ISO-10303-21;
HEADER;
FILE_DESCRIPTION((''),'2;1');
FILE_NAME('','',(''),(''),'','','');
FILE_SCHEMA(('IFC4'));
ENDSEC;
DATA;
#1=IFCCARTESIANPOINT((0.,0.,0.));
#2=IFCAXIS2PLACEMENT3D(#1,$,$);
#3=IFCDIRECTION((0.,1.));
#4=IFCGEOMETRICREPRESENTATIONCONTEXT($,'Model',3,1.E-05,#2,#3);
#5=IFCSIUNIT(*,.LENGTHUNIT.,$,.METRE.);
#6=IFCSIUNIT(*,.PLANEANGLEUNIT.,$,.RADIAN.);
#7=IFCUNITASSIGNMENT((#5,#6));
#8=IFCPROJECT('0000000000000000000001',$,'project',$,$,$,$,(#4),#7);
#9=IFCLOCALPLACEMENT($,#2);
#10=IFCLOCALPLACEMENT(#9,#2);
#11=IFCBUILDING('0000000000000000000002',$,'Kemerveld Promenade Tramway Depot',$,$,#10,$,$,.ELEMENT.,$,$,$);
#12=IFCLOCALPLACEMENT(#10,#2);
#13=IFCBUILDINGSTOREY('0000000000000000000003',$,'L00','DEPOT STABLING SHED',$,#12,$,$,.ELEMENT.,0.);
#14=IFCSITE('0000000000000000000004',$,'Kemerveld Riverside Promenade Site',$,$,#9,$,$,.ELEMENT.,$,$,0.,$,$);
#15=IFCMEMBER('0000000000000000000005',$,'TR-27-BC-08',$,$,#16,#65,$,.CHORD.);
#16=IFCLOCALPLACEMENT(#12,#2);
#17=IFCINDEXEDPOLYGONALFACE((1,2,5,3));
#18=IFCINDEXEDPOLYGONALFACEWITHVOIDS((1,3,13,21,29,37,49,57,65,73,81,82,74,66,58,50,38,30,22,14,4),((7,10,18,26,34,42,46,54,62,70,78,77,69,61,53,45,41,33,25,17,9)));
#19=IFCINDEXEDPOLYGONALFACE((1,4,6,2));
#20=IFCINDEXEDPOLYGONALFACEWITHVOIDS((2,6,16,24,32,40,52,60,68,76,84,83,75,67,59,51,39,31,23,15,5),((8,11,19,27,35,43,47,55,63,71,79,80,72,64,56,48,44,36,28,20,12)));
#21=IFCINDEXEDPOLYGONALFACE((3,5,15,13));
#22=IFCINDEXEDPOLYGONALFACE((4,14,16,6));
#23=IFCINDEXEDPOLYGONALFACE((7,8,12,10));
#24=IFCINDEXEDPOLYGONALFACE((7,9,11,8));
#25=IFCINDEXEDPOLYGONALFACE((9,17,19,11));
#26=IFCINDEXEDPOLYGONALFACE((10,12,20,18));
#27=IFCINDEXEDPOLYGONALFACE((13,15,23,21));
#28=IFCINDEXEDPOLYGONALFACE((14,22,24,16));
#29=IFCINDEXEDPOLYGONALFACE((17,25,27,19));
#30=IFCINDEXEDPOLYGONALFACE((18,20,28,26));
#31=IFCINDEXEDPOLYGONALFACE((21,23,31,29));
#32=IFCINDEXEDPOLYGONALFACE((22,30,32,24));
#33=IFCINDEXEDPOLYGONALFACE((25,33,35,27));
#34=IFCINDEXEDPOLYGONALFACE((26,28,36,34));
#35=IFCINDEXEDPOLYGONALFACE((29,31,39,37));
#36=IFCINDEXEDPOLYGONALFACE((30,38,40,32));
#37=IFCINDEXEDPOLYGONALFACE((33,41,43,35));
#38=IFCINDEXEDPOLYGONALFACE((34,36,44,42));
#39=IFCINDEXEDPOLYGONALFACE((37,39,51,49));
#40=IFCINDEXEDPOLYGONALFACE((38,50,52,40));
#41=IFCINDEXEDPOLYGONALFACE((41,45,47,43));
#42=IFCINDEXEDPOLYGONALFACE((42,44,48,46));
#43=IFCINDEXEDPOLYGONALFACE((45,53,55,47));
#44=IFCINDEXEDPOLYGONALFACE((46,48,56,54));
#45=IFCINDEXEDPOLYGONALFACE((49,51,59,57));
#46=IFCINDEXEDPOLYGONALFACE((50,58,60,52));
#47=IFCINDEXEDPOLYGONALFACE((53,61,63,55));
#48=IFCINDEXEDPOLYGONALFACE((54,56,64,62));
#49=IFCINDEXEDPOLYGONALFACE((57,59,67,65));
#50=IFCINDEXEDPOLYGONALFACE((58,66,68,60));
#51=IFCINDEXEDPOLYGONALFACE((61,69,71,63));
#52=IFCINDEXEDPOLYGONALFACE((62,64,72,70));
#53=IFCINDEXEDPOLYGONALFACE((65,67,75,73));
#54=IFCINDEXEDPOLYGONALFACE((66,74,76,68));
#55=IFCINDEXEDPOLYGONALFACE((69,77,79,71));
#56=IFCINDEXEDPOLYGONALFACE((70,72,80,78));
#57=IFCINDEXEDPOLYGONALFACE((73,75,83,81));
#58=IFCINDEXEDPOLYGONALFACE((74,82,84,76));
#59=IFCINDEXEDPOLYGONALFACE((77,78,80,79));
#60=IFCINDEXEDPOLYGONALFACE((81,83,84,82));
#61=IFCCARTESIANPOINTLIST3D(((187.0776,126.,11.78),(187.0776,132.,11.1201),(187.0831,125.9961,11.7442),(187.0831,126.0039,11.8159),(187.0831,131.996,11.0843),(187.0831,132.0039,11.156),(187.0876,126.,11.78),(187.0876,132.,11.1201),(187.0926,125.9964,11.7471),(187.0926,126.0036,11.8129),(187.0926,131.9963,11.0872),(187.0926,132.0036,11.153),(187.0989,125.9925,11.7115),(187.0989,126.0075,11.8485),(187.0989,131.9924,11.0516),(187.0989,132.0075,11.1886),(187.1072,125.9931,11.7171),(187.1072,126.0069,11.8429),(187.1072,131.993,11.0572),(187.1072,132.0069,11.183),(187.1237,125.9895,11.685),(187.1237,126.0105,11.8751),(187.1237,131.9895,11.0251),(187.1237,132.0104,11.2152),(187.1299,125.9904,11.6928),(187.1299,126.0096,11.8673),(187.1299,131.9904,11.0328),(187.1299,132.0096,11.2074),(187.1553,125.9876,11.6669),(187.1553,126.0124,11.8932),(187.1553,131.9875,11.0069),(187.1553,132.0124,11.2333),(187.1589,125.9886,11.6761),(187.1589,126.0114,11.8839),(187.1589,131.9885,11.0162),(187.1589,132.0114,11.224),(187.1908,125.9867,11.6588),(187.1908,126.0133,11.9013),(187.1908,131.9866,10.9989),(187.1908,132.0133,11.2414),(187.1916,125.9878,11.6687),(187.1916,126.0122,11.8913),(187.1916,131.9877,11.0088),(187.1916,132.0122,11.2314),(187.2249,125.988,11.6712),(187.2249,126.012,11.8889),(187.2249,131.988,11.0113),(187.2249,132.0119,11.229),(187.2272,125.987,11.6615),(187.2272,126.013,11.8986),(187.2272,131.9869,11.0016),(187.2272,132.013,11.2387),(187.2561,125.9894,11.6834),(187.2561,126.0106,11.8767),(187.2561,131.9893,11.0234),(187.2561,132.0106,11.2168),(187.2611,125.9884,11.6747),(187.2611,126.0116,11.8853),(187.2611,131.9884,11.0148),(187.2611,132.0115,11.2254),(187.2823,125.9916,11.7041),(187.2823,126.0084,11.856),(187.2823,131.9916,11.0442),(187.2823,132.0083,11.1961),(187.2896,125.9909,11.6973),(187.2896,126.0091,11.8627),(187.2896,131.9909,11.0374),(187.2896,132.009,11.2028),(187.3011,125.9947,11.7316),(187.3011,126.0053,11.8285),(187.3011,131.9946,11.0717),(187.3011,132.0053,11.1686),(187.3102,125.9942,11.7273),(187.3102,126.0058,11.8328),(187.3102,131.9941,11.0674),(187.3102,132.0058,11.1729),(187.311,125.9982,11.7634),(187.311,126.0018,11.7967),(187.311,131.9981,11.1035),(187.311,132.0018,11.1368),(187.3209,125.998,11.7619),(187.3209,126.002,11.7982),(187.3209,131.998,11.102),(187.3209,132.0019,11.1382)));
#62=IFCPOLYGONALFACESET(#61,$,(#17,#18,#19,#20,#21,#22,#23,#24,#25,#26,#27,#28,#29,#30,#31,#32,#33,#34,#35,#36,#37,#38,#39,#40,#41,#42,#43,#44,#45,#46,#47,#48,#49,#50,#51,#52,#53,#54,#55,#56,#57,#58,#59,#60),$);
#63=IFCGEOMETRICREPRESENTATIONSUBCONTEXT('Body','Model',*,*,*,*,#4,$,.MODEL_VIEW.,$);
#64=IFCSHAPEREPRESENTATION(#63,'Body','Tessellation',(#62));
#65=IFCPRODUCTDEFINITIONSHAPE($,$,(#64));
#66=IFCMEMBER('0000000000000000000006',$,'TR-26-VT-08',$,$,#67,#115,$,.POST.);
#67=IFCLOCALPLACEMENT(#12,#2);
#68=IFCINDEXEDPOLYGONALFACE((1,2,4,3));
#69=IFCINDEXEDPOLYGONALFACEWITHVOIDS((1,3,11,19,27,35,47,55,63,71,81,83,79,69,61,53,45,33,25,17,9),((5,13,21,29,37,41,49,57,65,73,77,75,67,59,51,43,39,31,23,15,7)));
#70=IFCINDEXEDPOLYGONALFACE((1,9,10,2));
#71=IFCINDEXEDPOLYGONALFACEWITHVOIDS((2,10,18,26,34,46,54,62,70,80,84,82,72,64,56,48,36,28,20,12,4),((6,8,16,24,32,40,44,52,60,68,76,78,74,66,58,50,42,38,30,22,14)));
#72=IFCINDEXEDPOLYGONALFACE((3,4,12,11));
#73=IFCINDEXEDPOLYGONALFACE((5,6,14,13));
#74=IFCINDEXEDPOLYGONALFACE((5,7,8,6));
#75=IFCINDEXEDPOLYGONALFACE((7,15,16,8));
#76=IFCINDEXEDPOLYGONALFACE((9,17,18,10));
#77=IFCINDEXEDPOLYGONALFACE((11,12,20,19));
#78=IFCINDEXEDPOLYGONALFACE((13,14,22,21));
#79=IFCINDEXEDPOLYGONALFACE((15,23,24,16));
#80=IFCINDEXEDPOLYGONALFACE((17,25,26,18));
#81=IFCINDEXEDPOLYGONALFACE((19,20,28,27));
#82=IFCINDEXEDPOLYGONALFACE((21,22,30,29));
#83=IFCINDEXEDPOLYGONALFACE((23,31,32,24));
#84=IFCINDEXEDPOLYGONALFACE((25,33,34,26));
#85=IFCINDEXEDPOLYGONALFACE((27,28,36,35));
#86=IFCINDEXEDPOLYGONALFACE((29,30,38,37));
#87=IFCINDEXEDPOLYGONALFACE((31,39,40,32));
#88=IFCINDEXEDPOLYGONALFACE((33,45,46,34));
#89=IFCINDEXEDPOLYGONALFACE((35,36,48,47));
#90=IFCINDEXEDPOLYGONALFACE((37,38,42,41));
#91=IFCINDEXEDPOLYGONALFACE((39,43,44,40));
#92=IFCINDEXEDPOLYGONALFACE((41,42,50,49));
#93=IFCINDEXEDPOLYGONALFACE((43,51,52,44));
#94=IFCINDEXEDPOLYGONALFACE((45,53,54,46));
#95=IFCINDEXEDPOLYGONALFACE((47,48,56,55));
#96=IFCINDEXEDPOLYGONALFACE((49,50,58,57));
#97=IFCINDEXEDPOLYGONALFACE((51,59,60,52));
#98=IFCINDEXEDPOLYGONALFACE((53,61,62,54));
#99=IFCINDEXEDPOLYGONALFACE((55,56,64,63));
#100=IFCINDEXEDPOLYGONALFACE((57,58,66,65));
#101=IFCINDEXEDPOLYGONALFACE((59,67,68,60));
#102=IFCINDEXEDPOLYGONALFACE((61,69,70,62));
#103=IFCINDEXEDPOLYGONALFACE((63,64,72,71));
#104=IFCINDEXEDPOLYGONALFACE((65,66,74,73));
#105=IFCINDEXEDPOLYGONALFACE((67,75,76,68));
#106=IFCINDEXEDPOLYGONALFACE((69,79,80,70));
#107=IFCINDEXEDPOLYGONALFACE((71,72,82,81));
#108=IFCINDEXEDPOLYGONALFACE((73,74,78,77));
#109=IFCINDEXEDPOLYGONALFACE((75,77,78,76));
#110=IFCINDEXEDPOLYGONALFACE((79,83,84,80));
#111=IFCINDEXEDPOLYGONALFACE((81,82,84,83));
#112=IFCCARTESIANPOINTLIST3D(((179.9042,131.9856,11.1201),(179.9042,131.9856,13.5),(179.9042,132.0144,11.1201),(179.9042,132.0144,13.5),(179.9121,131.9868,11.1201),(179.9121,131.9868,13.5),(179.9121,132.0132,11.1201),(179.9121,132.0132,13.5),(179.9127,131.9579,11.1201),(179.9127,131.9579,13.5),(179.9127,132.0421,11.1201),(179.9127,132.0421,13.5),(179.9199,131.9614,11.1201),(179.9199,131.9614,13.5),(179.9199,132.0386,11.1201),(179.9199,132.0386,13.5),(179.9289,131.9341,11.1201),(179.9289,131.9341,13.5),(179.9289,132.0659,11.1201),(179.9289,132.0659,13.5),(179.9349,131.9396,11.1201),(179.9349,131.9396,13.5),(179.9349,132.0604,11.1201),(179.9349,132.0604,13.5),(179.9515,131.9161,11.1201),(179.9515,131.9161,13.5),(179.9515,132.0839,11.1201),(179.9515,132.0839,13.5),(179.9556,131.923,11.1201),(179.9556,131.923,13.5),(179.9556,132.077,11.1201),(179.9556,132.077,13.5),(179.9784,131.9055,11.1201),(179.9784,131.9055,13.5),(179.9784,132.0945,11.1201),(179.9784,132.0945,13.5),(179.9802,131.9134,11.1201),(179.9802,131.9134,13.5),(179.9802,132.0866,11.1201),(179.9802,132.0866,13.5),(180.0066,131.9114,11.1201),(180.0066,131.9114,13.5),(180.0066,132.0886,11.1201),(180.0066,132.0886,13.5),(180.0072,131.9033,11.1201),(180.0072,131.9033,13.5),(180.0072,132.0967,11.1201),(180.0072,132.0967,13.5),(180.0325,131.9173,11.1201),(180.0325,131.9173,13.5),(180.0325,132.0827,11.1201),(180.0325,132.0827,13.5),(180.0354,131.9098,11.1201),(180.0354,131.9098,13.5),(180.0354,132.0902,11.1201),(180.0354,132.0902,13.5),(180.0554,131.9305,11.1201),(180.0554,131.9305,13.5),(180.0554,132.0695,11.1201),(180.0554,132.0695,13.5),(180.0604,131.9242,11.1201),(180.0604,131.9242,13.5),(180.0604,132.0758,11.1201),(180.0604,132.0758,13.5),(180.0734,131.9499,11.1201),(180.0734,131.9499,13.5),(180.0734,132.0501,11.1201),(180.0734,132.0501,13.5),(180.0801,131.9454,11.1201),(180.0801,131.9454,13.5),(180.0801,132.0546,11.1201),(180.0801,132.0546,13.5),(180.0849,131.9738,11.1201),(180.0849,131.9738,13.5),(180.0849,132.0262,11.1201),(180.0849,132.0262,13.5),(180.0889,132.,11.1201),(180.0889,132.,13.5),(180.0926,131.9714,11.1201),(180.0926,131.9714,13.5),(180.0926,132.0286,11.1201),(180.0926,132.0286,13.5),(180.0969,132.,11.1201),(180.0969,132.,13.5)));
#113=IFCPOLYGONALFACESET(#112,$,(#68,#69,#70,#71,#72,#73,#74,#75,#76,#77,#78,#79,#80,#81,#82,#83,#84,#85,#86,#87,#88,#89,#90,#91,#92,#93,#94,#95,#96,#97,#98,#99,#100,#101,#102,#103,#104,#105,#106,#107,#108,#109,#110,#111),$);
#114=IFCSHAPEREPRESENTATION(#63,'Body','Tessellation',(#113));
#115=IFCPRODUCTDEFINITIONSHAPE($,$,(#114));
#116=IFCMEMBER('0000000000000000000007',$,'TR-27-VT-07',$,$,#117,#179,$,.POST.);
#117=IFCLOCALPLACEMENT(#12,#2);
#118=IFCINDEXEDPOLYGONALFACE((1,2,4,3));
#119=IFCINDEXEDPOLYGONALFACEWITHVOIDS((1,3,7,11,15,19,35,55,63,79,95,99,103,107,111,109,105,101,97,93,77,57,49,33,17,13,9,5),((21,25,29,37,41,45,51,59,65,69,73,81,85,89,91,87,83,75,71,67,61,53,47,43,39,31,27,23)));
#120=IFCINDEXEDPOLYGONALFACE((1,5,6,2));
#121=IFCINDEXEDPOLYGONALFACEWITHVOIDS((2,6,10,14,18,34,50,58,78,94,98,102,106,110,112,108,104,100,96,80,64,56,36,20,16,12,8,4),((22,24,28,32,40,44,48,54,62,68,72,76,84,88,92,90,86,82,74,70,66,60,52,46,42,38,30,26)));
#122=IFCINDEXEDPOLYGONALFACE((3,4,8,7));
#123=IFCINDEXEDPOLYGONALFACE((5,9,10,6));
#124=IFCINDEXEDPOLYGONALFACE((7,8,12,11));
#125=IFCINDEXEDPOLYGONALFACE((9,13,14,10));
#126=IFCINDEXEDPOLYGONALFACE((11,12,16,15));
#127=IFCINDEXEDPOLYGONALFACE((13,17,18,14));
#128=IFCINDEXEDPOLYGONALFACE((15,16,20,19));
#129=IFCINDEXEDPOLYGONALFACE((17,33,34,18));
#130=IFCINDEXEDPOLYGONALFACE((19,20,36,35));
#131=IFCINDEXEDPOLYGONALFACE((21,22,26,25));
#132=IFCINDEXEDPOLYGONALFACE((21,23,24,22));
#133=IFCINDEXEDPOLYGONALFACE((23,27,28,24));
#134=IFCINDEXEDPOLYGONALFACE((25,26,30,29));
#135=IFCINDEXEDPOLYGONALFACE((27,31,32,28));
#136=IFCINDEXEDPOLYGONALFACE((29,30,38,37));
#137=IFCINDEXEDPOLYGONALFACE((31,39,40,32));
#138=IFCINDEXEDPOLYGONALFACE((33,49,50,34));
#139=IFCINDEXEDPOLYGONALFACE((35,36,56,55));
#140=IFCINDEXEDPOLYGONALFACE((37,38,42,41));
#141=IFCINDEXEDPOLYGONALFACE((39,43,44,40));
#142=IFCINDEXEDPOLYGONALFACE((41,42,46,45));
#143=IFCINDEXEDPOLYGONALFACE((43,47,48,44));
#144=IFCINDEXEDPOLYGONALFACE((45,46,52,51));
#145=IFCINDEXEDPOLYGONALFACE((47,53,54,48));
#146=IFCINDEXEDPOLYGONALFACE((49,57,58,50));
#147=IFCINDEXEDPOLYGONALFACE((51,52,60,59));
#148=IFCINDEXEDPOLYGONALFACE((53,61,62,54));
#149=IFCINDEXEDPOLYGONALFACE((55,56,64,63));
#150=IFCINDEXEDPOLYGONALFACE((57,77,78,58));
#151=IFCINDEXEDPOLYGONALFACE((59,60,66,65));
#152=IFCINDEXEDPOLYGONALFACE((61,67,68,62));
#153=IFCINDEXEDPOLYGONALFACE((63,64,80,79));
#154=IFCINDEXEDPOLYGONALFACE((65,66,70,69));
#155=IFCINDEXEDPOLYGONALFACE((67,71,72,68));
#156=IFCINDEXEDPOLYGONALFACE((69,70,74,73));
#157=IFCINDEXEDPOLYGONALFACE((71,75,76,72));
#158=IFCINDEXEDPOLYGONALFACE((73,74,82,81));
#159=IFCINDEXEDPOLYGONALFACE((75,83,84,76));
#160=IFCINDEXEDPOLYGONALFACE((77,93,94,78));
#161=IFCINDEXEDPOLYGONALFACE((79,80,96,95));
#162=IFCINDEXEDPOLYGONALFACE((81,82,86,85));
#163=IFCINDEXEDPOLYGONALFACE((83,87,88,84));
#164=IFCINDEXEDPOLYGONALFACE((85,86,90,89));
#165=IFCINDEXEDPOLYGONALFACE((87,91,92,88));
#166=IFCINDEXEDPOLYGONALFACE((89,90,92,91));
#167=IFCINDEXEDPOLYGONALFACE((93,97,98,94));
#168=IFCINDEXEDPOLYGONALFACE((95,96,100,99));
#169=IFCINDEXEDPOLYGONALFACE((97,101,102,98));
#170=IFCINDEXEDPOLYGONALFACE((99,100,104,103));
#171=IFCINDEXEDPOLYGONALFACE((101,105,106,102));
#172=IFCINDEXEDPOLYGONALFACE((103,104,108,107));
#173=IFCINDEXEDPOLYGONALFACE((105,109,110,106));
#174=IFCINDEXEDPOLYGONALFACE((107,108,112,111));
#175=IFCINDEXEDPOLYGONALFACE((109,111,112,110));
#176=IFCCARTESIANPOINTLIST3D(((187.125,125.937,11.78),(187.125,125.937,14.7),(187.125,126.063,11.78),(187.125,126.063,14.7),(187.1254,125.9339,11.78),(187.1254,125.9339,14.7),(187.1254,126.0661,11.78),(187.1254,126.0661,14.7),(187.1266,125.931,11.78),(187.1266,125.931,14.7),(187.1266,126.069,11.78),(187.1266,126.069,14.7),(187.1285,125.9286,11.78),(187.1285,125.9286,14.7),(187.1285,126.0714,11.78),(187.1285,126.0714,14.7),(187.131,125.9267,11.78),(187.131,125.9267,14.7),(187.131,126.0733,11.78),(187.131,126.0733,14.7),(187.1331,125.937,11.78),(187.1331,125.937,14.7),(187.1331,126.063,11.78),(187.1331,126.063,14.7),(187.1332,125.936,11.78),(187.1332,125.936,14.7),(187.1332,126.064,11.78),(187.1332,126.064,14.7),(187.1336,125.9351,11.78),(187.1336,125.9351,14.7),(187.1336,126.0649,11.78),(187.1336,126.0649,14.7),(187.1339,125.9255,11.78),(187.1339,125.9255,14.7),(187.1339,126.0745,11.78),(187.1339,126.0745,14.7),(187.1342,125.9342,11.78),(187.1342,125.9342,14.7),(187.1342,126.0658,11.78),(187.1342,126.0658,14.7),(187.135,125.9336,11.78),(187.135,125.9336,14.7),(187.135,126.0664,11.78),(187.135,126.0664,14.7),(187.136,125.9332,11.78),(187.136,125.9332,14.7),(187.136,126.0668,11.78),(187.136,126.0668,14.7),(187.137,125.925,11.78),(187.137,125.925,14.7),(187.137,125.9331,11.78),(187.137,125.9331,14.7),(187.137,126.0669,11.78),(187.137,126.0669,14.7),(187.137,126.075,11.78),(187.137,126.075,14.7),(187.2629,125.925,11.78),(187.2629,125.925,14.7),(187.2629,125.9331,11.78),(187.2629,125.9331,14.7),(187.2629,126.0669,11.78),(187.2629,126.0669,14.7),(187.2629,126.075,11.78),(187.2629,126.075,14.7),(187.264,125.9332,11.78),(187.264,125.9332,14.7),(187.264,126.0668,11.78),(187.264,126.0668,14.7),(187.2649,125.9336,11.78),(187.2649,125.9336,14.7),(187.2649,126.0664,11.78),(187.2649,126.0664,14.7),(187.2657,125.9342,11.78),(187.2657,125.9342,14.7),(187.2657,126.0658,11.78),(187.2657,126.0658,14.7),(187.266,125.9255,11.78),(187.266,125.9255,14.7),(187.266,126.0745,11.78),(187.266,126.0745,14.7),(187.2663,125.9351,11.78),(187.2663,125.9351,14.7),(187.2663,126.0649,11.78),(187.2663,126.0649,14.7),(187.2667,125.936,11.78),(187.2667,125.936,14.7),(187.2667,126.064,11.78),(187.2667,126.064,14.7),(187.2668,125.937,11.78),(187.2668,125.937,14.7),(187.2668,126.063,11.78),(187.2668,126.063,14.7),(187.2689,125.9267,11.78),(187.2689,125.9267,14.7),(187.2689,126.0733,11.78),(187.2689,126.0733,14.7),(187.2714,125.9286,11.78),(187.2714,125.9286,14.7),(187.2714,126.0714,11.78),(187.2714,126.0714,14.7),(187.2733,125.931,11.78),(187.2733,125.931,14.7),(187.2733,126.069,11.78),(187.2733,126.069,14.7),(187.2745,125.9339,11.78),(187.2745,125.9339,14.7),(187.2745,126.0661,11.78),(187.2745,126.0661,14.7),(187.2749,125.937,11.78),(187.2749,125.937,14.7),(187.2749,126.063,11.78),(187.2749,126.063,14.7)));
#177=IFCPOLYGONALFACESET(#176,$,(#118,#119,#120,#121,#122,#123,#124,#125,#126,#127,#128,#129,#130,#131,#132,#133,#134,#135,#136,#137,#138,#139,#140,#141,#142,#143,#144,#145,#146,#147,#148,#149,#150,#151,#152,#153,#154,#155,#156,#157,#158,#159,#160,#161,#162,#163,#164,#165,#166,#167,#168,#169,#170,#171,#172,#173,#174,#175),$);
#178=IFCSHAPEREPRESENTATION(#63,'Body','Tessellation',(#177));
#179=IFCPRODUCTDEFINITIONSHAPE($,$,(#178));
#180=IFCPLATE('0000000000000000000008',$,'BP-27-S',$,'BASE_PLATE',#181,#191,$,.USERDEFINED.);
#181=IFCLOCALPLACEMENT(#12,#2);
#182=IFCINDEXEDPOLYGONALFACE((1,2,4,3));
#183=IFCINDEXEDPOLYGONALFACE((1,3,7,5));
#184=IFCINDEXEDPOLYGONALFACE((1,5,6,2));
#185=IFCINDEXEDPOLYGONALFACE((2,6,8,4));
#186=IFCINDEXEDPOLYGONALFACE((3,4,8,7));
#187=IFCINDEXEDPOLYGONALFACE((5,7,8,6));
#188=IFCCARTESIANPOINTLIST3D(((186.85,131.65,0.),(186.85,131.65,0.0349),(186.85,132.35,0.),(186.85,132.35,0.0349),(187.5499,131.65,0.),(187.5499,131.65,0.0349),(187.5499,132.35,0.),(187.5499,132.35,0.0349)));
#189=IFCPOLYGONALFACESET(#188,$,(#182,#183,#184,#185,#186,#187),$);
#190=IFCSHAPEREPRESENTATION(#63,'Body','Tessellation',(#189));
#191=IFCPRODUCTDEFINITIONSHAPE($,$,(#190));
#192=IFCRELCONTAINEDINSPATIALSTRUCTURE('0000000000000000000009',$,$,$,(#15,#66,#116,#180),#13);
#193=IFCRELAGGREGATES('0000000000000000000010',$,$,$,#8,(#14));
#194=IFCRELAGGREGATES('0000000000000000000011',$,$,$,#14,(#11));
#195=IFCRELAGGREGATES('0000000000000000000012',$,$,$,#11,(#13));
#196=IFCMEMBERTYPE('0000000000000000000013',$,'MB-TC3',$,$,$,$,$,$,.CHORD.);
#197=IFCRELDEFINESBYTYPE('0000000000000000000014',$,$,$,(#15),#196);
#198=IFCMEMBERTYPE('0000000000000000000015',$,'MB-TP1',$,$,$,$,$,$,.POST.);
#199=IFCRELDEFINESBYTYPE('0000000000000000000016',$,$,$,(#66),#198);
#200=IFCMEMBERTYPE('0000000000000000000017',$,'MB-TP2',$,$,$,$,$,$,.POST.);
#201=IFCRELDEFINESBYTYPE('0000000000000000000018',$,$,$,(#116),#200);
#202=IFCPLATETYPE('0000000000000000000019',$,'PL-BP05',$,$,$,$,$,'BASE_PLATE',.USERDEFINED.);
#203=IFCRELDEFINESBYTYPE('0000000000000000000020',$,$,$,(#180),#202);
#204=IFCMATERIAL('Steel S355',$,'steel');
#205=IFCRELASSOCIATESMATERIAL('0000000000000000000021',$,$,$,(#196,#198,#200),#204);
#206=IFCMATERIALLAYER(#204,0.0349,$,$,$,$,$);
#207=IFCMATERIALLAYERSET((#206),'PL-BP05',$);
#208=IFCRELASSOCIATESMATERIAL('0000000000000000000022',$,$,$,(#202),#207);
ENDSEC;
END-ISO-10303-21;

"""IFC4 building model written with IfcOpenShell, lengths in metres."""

from ifc_helpers import new_model, si_unit, direction, frame, origin, origin_2d, place, context, subcontext, project, spatial, rectangle, hollow_rectangle, hollow_circle, extrude, material, layer, layer_set, material_profile, profile_set, type_object, element, save


model = new_model("IFC4")

# Units and contexts
model_context = context("Model", 3, precision=1e-05, world=origin(), true_north=direction((0.0, 1.0)))
body_context = subcontext(model_context, "Body", "Model", "MODEL_VIEW")
ifc_project = project(units=[si_unit("LENGTHUNIT", "METRE"), si_unit("PLANEANGLEUNIT", "RADIAN")], contexts=[model_context])

# Site, building, storey
site_placement = place(None, origin())
site = spatial("IfcSite", under=ifc_project, at=site_placement, Name="Kemerveld Riverside Promenade Site", CompositionType="ELEMENT", RefElevation=0.0)
building_placement = place(site_placement, origin())
building = spatial("IfcBuilding", under=site, at=building_placement, Name="Kemerveld Promenade Tramway Depot", CompositionType="ELEMENT")
storey_placement = place(building_placement, origin())
storey = spatial("IfcBuildingStorey", under=building, at=storey_placement, Name="L00", Description="DEPOT STABLING SHED", CompositionType="ELEMENT", Elevation=0.0)

# Shared definitions
ifc_material_1 = material(Name="Steel S355", Category="steel")

# Members
ifc_material_profile_1 = material_profile(ifc_material_1, hollow_circle(Radius=0.1223, WallThickness=0.01, at=origin_2d()), Name="244.5x10.0 CHS")
ifc_profile_set_1 = profile_set([ifc_material_profile_1], Name="Steel S355")
member_type_1 = type_object("IfcMemberType", Name="MB-TC3", PredefinedType="CHORD", material=ifc_profile_set_1)
member_1_placement = place(storey_placement, frame((187.2, 126.0, 11.78), z_axis=(0.0, 0.994006, -0.109326), x_axis=(-1.0, 0.0, 0.0)))
element("IfcMember", 1, at=member_1_placement, inside=storey, type_object=member_type_1, Name="TR-27-BC-08", PredefinedType="CHORD", context=body_context, shape_type="SweptSolid", body=[
    extrude(hollow_circle(Radius=0.1223, WallThickness=0.01, at=origin_2d()), origin(), (0.0, 0.0, 1.0), 6.0361),
])
ifc_material_profile_2 = material_profile(ifc_material_1, hollow_circle(Radius=0.0969, WallThickness=0.0081, at=origin_2d()), Name="193.7x8.0 CHS")
ifc_profile_set_2 = profile_set([ifc_material_profile_2], Name="Steel S355")
member_type_2 = type_object("IfcMemberType", Name="MB-TP1", PredefinedType="POST", material=ifc_profile_set_2)
member_2_placement = place(storey_placement, frame((180.0, 132.0, 11.1201), z_axis=(0.0, 0.0, 1.0), x_axis=(1.0, 0.0, 0.0)))
element("IfcMember", 2, at=member_2_placement, inside=storey, type_object=member_type_2, Name="TR-26-VT-08", PredefinedType="POST", context=body_context, shape_type="SweptSolid", body=[
    extrude(hollow_circle(Radius=0.0969, WallThickness=0.0081, at=origin_2d()), origin(), (0.0, 0.0, 1.0), 2.3799),
])
ifc_material_profile_3 = material_profile(ifc_material_1, hollow_rectangle(XDim=0.1499, YDim=0.1499, WallThickness=0.0081, InnerFilletRadius=0.0039, OuterFilletRadius=0.012, at=origin_2d()), Name="150x150x8.0 SHS")
ifc_profile_set_3 = profile_set([ifc_material_profile_3], Name="Steel S355")
member_type_3 = type_object("IfcMemberType", Name="MB-TP2", PredefinedType="POST", material=ifc_profile_set_3)
member_3_placement = place(storey_placement, frame((187.2, 126.0, 11.78), z_axis=(0.0, 0.0, 1.0), x_axis=(1.0, 0.0, 0.0)))
element("IfcMember", 3, at=member_3_placement, inside=storey, type_object=member_type_3, Name="TR-27-VT-07", PredefinedType="POST", context=body_context, shape_type="SweptSolid", body=[
    extrude(hollow_rectangle(XDim=0.1499, YDim=0.1499, WallThickness=0.0081, InnerFilletRadius=0.0039, OuterFilletRadius=0.012, at=origin_2d()), origin(), (0.0, 0.0, 1.0), 2.9199),
])

# Plate
ifc_layer_1 = layer(ifc_material_1, 0.0349)
ifc_layer_set_1 = layer_set([ifc_layer_1], Name="PL-BP05")
plate_type_1 = type_object("IfcPlateType", Name="PL-BP05", ElementType="BASE_PLATE", PredefinedType="USERDEFINED", material=ifc_layer_set_1)
plate_1_placement = place(storey_placement, frame((187.2, 132.0, 0.0), z_axis=(0.0, 0.0, 1.0), x_axis=(1.0, 0.0, 0.0)))
element("IfcPlate", 4, at=plate_1_placement, inside=storey, type_object=plate_type_1, Name="BP-27-S", ObjectType="BASE_PLATE", PredefinedType="USERDEFINED", context=body_context, shape_type="SweptSolid", body=[
    extrude(rectangle(XDim=0.7, YDim=0.7, at=origin_2d()), origin(), (0.0, 0.0, 1.0), 0.0349),
])

save(model, "model.ifc")
